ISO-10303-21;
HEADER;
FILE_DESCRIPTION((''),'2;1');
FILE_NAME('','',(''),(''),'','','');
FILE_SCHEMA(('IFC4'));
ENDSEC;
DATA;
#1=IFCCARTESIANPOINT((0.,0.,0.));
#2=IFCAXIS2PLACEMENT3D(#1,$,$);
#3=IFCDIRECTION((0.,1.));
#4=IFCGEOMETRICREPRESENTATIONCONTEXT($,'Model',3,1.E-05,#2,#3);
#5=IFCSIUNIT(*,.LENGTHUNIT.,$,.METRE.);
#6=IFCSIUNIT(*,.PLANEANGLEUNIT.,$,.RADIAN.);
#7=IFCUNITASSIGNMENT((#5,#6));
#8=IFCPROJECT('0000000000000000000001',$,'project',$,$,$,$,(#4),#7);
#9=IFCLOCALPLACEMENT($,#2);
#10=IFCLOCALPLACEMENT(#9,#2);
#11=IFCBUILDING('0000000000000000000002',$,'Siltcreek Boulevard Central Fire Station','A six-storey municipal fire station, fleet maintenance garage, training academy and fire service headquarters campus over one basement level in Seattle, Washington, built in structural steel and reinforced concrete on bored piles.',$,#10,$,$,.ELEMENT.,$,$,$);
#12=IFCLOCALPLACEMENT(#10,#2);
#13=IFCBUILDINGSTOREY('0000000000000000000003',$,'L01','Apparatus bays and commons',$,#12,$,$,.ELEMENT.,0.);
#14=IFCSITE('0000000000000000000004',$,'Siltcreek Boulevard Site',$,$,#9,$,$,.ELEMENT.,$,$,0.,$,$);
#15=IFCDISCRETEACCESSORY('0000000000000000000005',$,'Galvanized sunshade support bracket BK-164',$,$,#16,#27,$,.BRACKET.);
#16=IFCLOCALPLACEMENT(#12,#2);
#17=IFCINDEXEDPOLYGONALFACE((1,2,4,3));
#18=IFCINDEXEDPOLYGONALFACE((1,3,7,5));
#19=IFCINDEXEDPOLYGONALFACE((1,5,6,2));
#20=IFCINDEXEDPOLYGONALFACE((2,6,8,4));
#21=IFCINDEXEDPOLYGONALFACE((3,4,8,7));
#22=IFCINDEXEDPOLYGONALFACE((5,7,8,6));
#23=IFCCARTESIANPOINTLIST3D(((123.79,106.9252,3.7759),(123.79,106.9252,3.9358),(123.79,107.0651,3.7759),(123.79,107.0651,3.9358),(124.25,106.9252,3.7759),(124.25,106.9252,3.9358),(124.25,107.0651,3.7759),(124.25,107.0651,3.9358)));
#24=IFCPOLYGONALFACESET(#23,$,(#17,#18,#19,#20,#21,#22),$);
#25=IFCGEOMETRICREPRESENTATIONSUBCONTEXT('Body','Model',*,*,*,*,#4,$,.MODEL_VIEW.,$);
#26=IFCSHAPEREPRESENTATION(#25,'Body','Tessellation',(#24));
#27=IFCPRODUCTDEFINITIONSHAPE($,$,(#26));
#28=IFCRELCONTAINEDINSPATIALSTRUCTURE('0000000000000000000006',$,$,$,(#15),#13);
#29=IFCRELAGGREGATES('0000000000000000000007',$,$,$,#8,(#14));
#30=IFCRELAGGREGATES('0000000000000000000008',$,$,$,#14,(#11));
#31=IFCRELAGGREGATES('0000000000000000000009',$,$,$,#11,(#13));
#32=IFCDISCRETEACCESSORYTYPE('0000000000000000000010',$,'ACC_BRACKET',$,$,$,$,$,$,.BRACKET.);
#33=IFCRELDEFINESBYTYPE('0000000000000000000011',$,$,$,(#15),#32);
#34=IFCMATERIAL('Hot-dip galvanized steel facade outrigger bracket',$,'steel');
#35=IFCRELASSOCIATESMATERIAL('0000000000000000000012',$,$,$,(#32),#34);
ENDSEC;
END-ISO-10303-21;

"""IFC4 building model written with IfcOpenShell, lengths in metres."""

from ifc_helpers import new_model, si_unit, direction, frame, origin, origin_2d, place, context, subcontext, project, spatial, rectangle, extrude, material, type_object, element, save


model = new_model("IFC4")

# Units and contexts
model_context = context("Model", 3, precision=1e-05, world=origin(), true_north=direction((0.0, 1.0)))
body_context = subcontext(model_context, "Body", "Model", "MODEL_VIEW")
ifc_project = project(units=[si_unit("LENGTHUNIT", "METRE"), si_unit("PLANEANGLEUNIT", "RADIAN")], contexts=[model_context])

# Site, building, storey
site_placement = place(None, origin())
site = spatial("IfcSite", under=ifc_project, at=site_placement, Name="Siltcreek Boulevard Site", CompositionType="ELEMENT", RefElevation=0.0)
building_placement = place(site_placement, origin())
building = spatial("IfcBuilding", under=site, at=building_placement, Name="Siltcreek Boulevard Central Fire Station", Description="A six-storey municipal fire station, fleet maintenance garage, training academy and fire service headquarters campus over one basement level in Seattle, Washington, built in structural steel and reinforced concrete on bored piles.", CompositionType="ELEMENT")
storey_placement = place(building_placement, origin())
storey = spatial("IfcBuildingStorey", under=building, at=storey_placement, Name="L01", Description="Apparatus bays and commons", CompositionType="ELEMENT", Elevation=0.0)

# Discrete accessory
ifc_material_1 = material(Name="Hot-dip galvanized steel facade outrigger bracket", Category="steel")
discrete_accessory_type = type_object("IfcDiscreteAccessoryType", Name="ACC_BRACKET", PredefinedType="BRACKET", material=ifc_material_1)
for number, where, z_axis, x_axis, name in (
    (1, (124.02, 106.9951, 3.7759), (0.0, 0.0, 1.0), (0.0, -1.0, 0.0), "Galvanized sunshade support bracket BK-164"),
):
    element("IfcDiscreteAccessory", number, at=place(storey_placement, frame(where, z_axis=z_axis, x_axis=x_axis)), inside=storey, type_object=discrete_accessory_type, Name=name, PredefinedType="BRACKET", context=body_context, shape_type="SweptSolid", body=[
        extrude(rectangle(XDim=0.1399, YDim=0.46, at=origin_2d()), origin(), (0.0, 0.0, 1.0), 0.1599),
    ])

save(model, "model.ifc")
